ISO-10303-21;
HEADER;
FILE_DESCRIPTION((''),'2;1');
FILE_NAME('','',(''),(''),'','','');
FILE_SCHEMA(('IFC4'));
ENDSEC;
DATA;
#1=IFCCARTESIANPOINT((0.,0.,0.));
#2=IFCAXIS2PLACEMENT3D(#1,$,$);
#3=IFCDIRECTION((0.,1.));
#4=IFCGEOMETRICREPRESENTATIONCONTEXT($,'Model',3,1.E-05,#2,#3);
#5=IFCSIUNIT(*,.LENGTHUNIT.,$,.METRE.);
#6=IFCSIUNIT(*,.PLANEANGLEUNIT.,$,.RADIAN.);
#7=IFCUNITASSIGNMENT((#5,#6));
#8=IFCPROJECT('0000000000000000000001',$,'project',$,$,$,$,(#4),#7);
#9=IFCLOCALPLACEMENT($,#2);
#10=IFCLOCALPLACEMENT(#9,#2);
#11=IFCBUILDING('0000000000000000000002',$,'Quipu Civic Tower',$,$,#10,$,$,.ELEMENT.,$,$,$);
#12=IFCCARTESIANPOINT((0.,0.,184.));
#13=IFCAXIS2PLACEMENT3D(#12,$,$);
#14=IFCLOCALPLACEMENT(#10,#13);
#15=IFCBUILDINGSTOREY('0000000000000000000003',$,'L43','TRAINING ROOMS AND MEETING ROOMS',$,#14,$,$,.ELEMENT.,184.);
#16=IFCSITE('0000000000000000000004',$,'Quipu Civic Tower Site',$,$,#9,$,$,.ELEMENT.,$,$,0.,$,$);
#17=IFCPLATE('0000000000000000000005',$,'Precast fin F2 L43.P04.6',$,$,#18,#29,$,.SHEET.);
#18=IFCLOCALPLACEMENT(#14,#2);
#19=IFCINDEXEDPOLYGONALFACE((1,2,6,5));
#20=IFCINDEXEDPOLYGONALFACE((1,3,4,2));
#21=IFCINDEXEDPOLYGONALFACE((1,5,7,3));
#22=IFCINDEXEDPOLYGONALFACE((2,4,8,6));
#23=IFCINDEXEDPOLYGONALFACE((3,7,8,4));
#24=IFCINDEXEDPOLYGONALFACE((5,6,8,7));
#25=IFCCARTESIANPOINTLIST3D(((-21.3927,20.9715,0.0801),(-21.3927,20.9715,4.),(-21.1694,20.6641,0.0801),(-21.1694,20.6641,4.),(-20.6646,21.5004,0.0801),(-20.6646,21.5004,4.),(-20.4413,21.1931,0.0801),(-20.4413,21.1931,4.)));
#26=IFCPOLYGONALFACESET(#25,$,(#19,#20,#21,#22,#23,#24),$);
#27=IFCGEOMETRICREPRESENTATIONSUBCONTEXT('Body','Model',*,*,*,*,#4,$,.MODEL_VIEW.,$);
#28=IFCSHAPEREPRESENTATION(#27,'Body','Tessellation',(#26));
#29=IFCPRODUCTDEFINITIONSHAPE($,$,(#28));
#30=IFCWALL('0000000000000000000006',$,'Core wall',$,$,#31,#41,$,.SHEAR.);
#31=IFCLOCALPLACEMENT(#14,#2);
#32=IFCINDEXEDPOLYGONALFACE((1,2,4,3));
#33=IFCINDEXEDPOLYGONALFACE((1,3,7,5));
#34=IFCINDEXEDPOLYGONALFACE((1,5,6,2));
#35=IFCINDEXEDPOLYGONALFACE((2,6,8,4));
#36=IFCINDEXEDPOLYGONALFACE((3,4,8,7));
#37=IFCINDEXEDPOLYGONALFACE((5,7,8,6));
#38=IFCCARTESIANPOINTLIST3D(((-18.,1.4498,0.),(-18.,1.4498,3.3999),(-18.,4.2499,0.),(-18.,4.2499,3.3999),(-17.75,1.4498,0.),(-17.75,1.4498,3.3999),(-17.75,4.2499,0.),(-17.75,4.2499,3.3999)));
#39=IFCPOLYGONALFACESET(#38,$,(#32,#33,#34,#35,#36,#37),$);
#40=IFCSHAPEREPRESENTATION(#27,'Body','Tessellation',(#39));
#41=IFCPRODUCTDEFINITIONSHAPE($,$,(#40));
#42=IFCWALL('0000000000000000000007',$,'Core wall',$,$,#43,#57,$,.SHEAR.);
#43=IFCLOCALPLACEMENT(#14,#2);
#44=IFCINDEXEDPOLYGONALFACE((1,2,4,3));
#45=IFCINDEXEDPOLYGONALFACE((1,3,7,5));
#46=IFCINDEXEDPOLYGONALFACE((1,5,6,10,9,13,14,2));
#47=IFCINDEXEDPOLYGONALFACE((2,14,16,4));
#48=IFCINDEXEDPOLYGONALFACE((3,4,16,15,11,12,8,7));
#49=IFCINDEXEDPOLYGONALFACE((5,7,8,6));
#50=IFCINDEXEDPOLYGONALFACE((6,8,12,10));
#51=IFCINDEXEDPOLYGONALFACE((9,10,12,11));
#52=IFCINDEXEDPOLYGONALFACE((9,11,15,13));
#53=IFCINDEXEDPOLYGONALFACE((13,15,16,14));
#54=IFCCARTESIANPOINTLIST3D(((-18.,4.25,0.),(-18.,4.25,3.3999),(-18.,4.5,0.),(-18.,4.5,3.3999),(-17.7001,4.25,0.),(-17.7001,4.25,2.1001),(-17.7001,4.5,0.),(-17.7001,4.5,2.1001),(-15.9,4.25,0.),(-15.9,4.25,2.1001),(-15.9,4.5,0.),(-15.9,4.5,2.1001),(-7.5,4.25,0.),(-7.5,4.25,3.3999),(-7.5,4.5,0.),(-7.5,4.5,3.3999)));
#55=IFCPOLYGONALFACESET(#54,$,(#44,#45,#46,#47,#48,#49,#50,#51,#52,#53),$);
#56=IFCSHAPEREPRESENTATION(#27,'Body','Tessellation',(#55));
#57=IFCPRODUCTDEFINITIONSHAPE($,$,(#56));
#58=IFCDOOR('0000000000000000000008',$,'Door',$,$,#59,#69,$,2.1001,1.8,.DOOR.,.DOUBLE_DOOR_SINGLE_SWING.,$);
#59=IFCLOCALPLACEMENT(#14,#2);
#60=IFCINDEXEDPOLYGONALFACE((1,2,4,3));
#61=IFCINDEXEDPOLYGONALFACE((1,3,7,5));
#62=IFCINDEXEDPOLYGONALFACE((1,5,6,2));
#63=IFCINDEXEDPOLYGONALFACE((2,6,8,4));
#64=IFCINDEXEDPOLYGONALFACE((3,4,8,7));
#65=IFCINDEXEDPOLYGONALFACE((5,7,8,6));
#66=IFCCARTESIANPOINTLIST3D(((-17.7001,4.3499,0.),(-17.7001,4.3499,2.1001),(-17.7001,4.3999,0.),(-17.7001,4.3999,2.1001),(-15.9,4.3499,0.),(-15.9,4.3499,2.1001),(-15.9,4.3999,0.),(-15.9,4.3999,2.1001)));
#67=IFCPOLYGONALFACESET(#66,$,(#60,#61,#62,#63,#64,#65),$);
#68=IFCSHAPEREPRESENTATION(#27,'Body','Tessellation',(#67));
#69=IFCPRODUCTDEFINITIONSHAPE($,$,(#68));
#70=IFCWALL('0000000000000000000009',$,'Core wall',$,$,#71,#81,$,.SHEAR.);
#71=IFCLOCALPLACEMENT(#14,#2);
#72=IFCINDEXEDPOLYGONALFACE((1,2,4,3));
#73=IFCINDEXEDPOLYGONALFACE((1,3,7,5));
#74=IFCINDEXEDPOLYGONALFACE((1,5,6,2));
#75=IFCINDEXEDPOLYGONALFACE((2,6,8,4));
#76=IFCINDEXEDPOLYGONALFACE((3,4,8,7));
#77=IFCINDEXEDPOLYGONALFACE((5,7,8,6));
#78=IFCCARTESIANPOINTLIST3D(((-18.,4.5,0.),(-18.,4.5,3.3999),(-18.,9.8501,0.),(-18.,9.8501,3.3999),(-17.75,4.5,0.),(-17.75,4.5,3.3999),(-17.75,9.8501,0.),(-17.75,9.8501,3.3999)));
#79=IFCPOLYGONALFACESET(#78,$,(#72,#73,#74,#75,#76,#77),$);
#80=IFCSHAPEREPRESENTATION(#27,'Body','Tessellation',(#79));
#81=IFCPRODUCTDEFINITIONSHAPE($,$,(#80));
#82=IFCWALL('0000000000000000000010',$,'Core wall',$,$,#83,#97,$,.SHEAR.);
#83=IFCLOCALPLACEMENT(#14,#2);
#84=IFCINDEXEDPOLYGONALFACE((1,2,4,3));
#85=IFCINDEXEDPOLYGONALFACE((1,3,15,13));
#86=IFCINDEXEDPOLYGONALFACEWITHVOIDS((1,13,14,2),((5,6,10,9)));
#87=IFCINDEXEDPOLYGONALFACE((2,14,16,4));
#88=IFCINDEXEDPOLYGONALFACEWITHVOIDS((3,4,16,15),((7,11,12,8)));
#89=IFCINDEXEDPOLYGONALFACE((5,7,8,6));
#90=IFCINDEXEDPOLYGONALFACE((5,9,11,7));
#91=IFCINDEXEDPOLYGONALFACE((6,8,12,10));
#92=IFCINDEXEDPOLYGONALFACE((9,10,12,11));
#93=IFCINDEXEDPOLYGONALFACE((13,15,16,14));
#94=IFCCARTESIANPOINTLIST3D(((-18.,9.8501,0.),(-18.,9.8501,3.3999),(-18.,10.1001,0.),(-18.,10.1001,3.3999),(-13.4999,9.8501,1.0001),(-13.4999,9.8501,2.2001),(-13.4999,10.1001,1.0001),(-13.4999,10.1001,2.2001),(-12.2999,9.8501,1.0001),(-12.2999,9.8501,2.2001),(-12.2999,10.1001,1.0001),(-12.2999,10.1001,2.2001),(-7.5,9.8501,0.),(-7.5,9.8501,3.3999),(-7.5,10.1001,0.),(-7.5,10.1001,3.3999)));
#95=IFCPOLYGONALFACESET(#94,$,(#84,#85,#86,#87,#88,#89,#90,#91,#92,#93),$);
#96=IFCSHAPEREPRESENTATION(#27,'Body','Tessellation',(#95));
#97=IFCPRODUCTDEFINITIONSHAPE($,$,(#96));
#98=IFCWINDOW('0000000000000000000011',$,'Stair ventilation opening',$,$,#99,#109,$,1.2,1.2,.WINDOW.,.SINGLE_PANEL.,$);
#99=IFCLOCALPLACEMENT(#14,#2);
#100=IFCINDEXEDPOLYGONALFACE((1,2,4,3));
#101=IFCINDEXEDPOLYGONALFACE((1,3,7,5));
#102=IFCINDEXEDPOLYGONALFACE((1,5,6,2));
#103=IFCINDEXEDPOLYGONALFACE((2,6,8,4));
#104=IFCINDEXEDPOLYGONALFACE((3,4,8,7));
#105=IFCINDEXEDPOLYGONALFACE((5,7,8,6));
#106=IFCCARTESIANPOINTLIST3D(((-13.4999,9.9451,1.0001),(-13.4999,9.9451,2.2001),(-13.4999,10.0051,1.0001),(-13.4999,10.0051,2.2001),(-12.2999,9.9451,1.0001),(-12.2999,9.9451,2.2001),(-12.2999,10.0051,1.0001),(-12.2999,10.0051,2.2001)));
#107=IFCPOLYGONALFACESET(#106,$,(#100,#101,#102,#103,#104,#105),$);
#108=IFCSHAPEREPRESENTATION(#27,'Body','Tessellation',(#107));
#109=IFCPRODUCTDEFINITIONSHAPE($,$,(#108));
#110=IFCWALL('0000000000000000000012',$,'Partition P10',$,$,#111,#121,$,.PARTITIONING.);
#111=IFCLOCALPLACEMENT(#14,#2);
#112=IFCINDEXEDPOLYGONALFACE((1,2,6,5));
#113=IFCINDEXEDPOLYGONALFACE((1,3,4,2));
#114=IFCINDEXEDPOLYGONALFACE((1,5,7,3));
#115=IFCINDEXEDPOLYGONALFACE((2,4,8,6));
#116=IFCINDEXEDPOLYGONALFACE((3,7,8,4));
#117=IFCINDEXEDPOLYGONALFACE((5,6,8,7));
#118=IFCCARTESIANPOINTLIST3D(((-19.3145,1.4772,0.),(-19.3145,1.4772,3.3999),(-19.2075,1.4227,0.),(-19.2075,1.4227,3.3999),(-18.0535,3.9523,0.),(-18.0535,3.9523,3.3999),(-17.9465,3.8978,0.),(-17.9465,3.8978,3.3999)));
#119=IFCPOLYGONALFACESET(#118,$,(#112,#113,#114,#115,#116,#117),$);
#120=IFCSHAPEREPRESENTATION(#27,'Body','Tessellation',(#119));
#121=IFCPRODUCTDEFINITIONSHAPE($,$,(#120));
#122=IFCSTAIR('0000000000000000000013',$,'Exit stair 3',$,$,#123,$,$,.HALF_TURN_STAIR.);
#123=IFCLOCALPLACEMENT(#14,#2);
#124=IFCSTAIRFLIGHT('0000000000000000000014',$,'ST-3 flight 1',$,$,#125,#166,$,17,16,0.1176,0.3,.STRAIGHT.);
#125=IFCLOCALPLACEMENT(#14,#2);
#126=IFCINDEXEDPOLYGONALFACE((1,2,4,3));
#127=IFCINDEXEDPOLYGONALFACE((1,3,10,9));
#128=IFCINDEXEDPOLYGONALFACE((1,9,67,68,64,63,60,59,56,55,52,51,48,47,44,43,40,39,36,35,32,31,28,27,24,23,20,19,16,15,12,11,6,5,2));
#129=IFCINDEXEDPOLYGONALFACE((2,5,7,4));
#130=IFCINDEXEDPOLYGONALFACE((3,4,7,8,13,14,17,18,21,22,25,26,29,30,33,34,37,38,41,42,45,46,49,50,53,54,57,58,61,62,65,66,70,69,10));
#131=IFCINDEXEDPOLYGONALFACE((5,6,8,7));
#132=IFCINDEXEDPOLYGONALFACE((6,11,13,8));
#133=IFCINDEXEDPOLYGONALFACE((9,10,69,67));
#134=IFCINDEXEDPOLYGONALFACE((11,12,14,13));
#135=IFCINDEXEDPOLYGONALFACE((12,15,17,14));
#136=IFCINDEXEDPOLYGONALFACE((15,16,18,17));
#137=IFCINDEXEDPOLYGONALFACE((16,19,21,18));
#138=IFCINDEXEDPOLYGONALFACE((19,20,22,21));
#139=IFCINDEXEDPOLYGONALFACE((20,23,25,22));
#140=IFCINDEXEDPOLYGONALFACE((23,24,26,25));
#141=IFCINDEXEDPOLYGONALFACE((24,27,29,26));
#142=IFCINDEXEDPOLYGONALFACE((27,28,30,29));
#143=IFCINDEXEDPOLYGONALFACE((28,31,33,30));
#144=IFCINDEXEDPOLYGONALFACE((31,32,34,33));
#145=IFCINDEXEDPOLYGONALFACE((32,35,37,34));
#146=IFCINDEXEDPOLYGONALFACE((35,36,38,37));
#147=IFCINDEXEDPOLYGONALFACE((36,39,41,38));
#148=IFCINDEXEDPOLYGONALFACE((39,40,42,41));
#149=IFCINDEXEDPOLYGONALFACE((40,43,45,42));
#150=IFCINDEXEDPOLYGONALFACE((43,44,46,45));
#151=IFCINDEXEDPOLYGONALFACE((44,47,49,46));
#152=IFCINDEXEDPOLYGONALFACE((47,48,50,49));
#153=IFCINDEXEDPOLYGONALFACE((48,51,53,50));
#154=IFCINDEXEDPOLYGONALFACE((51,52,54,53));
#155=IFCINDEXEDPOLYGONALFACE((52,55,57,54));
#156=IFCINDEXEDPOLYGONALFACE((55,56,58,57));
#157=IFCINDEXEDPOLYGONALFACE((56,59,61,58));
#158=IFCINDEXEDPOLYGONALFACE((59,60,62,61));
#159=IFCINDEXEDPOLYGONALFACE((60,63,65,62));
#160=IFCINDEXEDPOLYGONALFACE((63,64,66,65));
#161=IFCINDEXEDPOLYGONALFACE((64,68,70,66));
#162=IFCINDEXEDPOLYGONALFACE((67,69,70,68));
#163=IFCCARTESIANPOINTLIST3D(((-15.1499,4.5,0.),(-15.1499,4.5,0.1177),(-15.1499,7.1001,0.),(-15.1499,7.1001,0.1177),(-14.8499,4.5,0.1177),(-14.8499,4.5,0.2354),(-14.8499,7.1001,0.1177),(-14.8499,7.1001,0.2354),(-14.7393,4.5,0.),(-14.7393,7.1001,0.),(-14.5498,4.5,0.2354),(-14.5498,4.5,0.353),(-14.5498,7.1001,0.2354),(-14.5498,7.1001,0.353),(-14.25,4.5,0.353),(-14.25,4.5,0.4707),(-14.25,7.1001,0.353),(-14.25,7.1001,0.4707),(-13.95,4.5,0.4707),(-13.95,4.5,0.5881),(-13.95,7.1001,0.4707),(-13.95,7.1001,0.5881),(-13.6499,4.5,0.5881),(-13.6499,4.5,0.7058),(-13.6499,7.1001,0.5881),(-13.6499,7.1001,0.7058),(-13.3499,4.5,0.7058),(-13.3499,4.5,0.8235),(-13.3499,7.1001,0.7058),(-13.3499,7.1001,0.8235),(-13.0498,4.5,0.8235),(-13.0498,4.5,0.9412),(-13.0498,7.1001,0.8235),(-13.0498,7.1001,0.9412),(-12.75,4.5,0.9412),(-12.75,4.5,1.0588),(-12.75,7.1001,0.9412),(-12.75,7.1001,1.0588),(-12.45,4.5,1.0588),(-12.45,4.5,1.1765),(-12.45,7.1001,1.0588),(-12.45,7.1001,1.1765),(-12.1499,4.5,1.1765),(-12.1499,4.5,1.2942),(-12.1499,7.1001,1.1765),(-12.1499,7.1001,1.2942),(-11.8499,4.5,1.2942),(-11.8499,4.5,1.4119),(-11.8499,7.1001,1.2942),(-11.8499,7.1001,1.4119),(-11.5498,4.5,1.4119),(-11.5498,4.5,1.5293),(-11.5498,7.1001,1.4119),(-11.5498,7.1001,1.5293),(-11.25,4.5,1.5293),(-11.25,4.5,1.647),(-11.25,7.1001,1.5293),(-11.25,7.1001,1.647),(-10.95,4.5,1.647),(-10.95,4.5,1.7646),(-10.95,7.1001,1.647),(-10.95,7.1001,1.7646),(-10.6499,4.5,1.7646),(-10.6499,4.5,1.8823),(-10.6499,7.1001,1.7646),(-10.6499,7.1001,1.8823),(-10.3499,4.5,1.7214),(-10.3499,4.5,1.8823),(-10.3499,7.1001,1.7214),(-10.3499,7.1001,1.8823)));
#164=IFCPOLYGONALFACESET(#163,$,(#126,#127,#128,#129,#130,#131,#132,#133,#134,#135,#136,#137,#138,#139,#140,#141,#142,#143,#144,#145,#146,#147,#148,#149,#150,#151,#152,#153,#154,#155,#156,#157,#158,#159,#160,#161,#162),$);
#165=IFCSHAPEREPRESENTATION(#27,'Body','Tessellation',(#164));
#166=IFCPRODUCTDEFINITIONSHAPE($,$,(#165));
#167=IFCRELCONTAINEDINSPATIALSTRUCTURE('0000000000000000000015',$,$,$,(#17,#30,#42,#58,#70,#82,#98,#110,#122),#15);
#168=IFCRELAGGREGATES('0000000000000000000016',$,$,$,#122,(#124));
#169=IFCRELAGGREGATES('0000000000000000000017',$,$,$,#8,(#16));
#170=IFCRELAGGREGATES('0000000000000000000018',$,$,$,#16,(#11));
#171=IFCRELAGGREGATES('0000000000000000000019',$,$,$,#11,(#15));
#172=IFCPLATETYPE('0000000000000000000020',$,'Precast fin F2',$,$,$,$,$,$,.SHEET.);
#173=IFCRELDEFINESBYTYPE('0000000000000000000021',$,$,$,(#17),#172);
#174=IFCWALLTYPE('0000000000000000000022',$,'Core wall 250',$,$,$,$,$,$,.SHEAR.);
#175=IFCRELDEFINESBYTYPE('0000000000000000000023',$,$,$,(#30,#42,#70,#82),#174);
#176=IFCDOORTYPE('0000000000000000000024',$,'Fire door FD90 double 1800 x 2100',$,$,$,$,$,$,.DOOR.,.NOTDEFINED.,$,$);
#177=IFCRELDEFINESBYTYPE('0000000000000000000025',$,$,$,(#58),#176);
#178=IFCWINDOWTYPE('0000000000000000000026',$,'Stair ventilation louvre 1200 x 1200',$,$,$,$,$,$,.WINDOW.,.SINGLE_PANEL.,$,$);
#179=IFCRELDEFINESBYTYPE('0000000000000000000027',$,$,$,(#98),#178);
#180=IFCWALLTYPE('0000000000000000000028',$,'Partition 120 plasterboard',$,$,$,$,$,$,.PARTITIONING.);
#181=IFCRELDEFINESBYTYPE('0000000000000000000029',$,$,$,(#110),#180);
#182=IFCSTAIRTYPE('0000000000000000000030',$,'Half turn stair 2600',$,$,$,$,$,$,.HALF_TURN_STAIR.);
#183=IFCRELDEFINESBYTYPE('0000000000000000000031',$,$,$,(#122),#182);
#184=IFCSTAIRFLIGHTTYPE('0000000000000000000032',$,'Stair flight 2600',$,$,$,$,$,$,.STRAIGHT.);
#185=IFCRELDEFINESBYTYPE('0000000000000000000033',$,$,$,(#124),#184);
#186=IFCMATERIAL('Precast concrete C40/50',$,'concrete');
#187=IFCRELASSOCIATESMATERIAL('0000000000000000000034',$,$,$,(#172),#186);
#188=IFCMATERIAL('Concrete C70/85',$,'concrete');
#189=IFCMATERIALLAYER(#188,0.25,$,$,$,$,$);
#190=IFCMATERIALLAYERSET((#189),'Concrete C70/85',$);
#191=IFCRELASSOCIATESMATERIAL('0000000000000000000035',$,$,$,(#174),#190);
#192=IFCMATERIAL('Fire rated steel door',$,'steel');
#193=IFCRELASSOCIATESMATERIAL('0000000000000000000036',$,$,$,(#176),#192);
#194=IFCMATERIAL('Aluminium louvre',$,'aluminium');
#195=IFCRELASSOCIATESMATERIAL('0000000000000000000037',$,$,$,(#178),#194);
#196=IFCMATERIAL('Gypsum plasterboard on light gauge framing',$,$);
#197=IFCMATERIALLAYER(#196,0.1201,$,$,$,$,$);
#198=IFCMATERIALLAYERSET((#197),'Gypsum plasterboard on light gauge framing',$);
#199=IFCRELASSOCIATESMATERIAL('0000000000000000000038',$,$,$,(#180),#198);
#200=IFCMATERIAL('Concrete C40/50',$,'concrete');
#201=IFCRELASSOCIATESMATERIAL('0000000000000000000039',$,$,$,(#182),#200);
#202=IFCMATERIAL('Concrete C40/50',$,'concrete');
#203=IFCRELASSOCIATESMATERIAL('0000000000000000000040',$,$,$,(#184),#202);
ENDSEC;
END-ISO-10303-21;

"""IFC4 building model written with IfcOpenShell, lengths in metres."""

from ifc_helpers import new_model, si_unit, direction, frame, frame_2d, origin, origin_2d, place, context, subcontext, project, spatial, polyline, rectangle, outline, extrude, material, layer, layer_set, type_object, element, fill, aggregate, save


model = new_model("IFC4")

# Units and contexts
model_context = context("Model", 3, precision=1e-05, world=origin(), true_north=direction((0.0, 1.0)))
body_context = subcontext(model_context, "Body", "Model", "MODEL_VIEW")
ifc_project = project(units=[si_unit("LENGTHUNIT", "METRE"), si_unit("PLANEANGLEUNIT", "RADIAN")], contexts=[model_context])

# Site, building, storey
site_placement = place(None, origin())
site = spatial("IfcSite", under=ifc_project, at=site_placement, Name="Quipu Civic Tower Site", CompositionType="ELEMENT", RefElevation=0.0)
building_placement = place(site_placement, origin())
building = spatial("IfcBuilding", under=site, at=building_placement, Name="Quipu Civic Tower", CompositionType="ELEMENT")
storey_placement = place(building_placement, frame((0.0, 0.0, 184.0)))
storey = spatial("IfcBuildingStorey", under=building, at=storey_placement, Name="L43", Description="TRAINING ROOMS AND MEETING ROOMS", CompositionType="ELEMENT", Elevation=184.0)

# Plate
ifc_material_1 = material(Name="Precast concrete C40/50", Category="concrete")
plate_type_1 = type_object("IfcPlateType", Name="Precast fin F2", PredefinedType="SHEET", material=ifc_material_1)
for number, where, z_axis, x_axis, name in (
    (1, (-20.917, 21.0823, 0.0801), (0.0, 0.0, 1.0), (-0.587787, 0.809016, 0.0), "Precast fin F2 L43.P04.6"),
):
    element("IfcPlate", number, at=place(storey_placement, frame(where, z_axis=z_axis, x_axis=x_axis)), inside=storey, type_object=plate_type_1, Name=name, PredefinedType="SHEET", context=body_context, shape_type="SweptSolid", body=[
        extrude(rectangle(XDim=0.3799, YDim=0.8999, at=origin_2d()), origin(), (0.0, 0.0, 1.0), 3.9199),
    ])

# Wall
ifc_material_2 = material(Name="Concrete C70/85", Category="concrete")
ifc_layer_1 = layer(ifc_material_2, 0.25)
ifc_layer_set_1 = layer_set([ifc_layer_1], Name="Concrete C70/85")
wall_type_1 = type_object("IfcWallType", Name="Core wall 250", PredefinedType="SHEAR", material=ifc_layer_set_1)
wall_1_placement = place(storey_placement, frame((-17.875, 1.45, 0.0), z_axis=(0.0, 0.0, 1.0), x_axis=(0.0, 1.0, 0.0)))
element("IfcWall", 2, at=wall_1_placement, inside=storey, type_object=wall_type_1, Name="Core wall", PredefinedType="SHEAR", context=body_context, shape_type="SweptSolid", body=[
    extrude(rectangle(XDim=2.8, YDim=0.25, at=frame_2d((1.3999, 0.0))), origin(), (0.0, 0.0, 1.0), 3.3999),
])

# Wall, opening, door
wall_2_placement = place(storey_placement, frame((-18.0, 4.375, 0.0), z_axis=(0.0, 0.0, 1.0), x_axis=(1.0, 0.0, 0.0)))
wall_2 = element("IfcWall", 3, at=wall_2_placement, inside=storey, type_object=wall_type_1, Name="Core wall", PredefinedType="SHEAR", context=body_context, shape_type="SweptSolid", body=[
    extrude(rectangle(XDim=10.5, YDim=0.25, at=frame_2d((5.25, 0.0))), origin(), (0.0, 0.0, 1.0), 3.3999),
])
opening_1_placement = place(wall_2_placement, frame((0.3, 0.0, 0.0)))
opening_1 = element("IfcOpeningElement", 4, at=opening_1_placement, cuts=wall_2, PredefinedType="OPENING", context=body_context, shape_type="SweptSolid", body=[
    extrude(rectangle(XDim=1.8, YDim=2.1001, at=frame_2d((0.8999, 1.05))), frame((0.0, 0.135, 0.0), z_axis=(0.0, -1.0, 0.0), x_axis=(1.0, 0.0, 0.0)), (0.0, 0.0, 1.0), 0.27),
])
ifc_material_3 = material(Name="Fire rated steel door", Category="steel")
door_type = type_object("IfcDoorType", Name="Fire door FD90 double 1800 x 2100", OperationType="NOTDEFINED", PredefinedType="DOOR", material=ifc_material_3)
door_placement = place(opening_1_placement, origin())
door = element("IfcDoor", 5, at=door_placement, inside=storey, type_object=door_type, Name="Door", OperationType="DOUBLE_DOOR_SINGLE_SWING", OverallHeight=2.1001, OverallWidth=1.8, PredefinedType="DOOR", context=body_context, shape_type="SweptSolid", body=[
    extrude(rectangle(XDim=1.8, YDim=2.1001, at=frame_2d((0.8999, 1.05))), frame((0.0, 0.0249, 0.0), z_axis=(0.0, -1.0, 0.0), x_axis=(1.0, 0.0, 0.0)), (0.0, 0.0, 1.0), 0.05),
])
fill(opening_1, door)

# Wall
wall_3_placement = place(storey_placement, frame((-17.875, 4.5, 0.0), z_axis=(0.0, 0.0, 1.0), x_axis=(0.0, 1.0, 0.0)))
element("IfcWall", 6, at=wall_3_placement, inside=storey, type_object=wall_type_1, Name="Core wall", PredefinedType="SHEAR", context=body_context, shape_type="SweptSolid", body=[
    extrude(rectangle(XDim=5.3501, YDim=0.25, at=frame_2d((2.675, 0.0))), origin(), (0.0, 0.0, 1.0), 3.3999),
])

# Wall, opening, window
wall_4_placement = place(storey_placement, frame((-18.0, 9.9751, 0.0), z_axis=(0.0, 0.0, 1.0), x_axis=(1.0, 0.0, 0.0)))
wall_4 = element("IfcWall", 7, at=wall_4_placement, inside=storey, type_object=wall_type_1, Name="Core wall", PredefinedType="SHEAR", context=body_context, shape_type="SweptSolid", body=[
    extrude(rectangle(XDim=10.5, YDim=0.25, at=frame_2d((5.25, 0.0))), origin(), (0.0, 0.0, 1.0), 3.3999),
])
opening_2_placement = place(wall_4_placement, frame((4.5, 0.0, 1.0)))
opening_2 = element("IfcOpeningElement", 8, at=opening_2_placement, cuts=wall_4, PredefinedType="OPENING", context=body_context, shape_type="SweptSolid", body=[
    extrude(rectangle(XDim=1.2, YDim=1.2, at=frame_2d((0.6001, 0.6001))), frame((0.0, 0.135, 0.0), z_axis=(0.0, -1.0, 0.0), x_axis=(1.0, 0.0, 0.0)), (0.0, 0.0, 1.0), 0.27),
])
ifc_material_4 = material(Name="Aluminium louvre", Category="aluminium")
window_type = type_object("IfcWindowType", Name="Stair ventilation louvre 1200 x 1200", PartitioningType="SINGLE_PANEL", PredefinedType="WINDOW", material=ifc_material_4)
window_placement = place(opening_2_placement, origin())
window = element("IfcWindow", 9, at=window_placement, inside=storey, type_object=window_type, Name="Stair ventilation opening", OverallHeight=1.2, OverallWidth=1.2, PartitioningType="SINGLE_PANEL", PredefinedType="WINDOW", context=body_context, shape_type="SweptSolid", body=[
    extrude(rectangle(XDim=1.2, YDim=1.2, at=frame_2d((0.6001, 0.6001))), frame((0.0, 0.03, 0.0), z_axis=(0.0, -1.0, 0.0), x_axis=(1.0, 0.0, 0.0)), (0.0, 0.0, 1.0), 0.0601),
])
fill(opening_2, window)

# Wall
ifc_material_5 = material(Name="Gypsum plasterboard on light gauge framing")
ifc_layer_2 = layer(ifc_material_5, 0.1201)
ifc_layer_set_2 = layer_set([ifc_layer_2], Name="Gypsum plasterboard on light gauge framing")
wall_type_2 = type_object("IfcWallType", Name="Partition 120 plasterboard", PredefinedType="PARTITIONING", material=ifc_layer_set_2)
wall_5_placement = place(storey_placement, frame((-19.261, 1.45, 0.0), z_axis=(0.0, 0.0, 1.0), x_axis=(0.453951, 0.891027, 0.0)))
element("IfcWall", 10, at=wall_5_placement, inside=storey, type_object=wall_type_2, Name="Partition P10", PredefinedType="PARTITIONING", context=body_context, shape_type="SweptSolid", body=[
    extrude(rectangle(XDim=2.7778, YDim=0.1201, at=frame_2d((1.3889, 0.0))), origin(), (0.0, 0.0, 1.0), 3.3999),
])

# Stair, stair flight
ifc_material_6 = material(Name="Concrete C40/50", Category="concrete")
stair_type = type_object("IfcStairType", Name="Half turn stair 2600", PredefinedType="HALF_TURN_STAIR", material=ifc_material_6)
stair_placement = place(storey_placement, origin())
stair = element("IfcStair", 11, at=stair_placement, inside=storey, type_object=stair_type, Name="Exit stair 3", PredefinedType="HALF_TURN_STAIR")
ifc_material_7 = material(Name="Concrete C40/50", Category="concrete")
stair_flight_type = type_object("IfcStairFlightType", Name="Stair flight 2600", PredefinedType="STRAIGHT", material=ifc_material_7)
stair_flight_placement = place(storey_placement, frame((-15.1499, 5.8, 0.0), z_axis=(0.0, 0.0, 1.0), x_axis=(1.0, 0.0, 0.0)))
stair_flight = element("IfcStairFlight", 12, at=stair_flight_placement, type_object=stair_flight_type, Name="ST-3 flight 1", NumberOfRisers=17, NumberOfTreads=16, PredefinedType="STRAIGHT", RiserHeight=0.1176, TreadLength=0.3, context=body_context, shape_type="SweptSolid", body=[
    extrude(outline(polyline([(0.0, 0.0), (0.0, 0.1177), (0.3, 0.1177), (0.3, 0.2354), (0.6001, 0.2354), (0.6001, 0.353), (0.8999, 0.353), (0.8999, 0.4707), (1.2, 0.4707), (1.2, 0.5881), (1.5, 0.5881), (1.5, 0.7058), (1.8, 0.7058), (1.8, 0.8235), (2.1001, 0.8235), (2.1001, 0.9412), (2.3999, 0.9412), (2.3999, 1.0588), (2.7, 1.0588), (2.7, 1.1765), (3.0, 1.1765), (3.0, 1.2942), (3.3, 1.2942), (3.3, 1.4119), (3.6001, 1.4119), (3.6001, 1.5293), (3.8999, 1.5293), (3.8999, 1.647), (4.2, 1.647), (4.2, 1.7646), (4.5, 1.7646), (4.5, 1.8823), (4.8, 1.8823), (4.8, 2.0), (4.8, 1.7214), (0.4106, 0.0), (0.0, 0.0)])), frame((0.0, 1.3, 0.0), z_axis=(0.0, -1.0, 0.0), x_axis=(1.0, 0.0, 0.0)), (0.0, 0.0, 1.0), 2.6001),
])
aggregate(stair, [stair_flight])

save(model, "model.ifc")
